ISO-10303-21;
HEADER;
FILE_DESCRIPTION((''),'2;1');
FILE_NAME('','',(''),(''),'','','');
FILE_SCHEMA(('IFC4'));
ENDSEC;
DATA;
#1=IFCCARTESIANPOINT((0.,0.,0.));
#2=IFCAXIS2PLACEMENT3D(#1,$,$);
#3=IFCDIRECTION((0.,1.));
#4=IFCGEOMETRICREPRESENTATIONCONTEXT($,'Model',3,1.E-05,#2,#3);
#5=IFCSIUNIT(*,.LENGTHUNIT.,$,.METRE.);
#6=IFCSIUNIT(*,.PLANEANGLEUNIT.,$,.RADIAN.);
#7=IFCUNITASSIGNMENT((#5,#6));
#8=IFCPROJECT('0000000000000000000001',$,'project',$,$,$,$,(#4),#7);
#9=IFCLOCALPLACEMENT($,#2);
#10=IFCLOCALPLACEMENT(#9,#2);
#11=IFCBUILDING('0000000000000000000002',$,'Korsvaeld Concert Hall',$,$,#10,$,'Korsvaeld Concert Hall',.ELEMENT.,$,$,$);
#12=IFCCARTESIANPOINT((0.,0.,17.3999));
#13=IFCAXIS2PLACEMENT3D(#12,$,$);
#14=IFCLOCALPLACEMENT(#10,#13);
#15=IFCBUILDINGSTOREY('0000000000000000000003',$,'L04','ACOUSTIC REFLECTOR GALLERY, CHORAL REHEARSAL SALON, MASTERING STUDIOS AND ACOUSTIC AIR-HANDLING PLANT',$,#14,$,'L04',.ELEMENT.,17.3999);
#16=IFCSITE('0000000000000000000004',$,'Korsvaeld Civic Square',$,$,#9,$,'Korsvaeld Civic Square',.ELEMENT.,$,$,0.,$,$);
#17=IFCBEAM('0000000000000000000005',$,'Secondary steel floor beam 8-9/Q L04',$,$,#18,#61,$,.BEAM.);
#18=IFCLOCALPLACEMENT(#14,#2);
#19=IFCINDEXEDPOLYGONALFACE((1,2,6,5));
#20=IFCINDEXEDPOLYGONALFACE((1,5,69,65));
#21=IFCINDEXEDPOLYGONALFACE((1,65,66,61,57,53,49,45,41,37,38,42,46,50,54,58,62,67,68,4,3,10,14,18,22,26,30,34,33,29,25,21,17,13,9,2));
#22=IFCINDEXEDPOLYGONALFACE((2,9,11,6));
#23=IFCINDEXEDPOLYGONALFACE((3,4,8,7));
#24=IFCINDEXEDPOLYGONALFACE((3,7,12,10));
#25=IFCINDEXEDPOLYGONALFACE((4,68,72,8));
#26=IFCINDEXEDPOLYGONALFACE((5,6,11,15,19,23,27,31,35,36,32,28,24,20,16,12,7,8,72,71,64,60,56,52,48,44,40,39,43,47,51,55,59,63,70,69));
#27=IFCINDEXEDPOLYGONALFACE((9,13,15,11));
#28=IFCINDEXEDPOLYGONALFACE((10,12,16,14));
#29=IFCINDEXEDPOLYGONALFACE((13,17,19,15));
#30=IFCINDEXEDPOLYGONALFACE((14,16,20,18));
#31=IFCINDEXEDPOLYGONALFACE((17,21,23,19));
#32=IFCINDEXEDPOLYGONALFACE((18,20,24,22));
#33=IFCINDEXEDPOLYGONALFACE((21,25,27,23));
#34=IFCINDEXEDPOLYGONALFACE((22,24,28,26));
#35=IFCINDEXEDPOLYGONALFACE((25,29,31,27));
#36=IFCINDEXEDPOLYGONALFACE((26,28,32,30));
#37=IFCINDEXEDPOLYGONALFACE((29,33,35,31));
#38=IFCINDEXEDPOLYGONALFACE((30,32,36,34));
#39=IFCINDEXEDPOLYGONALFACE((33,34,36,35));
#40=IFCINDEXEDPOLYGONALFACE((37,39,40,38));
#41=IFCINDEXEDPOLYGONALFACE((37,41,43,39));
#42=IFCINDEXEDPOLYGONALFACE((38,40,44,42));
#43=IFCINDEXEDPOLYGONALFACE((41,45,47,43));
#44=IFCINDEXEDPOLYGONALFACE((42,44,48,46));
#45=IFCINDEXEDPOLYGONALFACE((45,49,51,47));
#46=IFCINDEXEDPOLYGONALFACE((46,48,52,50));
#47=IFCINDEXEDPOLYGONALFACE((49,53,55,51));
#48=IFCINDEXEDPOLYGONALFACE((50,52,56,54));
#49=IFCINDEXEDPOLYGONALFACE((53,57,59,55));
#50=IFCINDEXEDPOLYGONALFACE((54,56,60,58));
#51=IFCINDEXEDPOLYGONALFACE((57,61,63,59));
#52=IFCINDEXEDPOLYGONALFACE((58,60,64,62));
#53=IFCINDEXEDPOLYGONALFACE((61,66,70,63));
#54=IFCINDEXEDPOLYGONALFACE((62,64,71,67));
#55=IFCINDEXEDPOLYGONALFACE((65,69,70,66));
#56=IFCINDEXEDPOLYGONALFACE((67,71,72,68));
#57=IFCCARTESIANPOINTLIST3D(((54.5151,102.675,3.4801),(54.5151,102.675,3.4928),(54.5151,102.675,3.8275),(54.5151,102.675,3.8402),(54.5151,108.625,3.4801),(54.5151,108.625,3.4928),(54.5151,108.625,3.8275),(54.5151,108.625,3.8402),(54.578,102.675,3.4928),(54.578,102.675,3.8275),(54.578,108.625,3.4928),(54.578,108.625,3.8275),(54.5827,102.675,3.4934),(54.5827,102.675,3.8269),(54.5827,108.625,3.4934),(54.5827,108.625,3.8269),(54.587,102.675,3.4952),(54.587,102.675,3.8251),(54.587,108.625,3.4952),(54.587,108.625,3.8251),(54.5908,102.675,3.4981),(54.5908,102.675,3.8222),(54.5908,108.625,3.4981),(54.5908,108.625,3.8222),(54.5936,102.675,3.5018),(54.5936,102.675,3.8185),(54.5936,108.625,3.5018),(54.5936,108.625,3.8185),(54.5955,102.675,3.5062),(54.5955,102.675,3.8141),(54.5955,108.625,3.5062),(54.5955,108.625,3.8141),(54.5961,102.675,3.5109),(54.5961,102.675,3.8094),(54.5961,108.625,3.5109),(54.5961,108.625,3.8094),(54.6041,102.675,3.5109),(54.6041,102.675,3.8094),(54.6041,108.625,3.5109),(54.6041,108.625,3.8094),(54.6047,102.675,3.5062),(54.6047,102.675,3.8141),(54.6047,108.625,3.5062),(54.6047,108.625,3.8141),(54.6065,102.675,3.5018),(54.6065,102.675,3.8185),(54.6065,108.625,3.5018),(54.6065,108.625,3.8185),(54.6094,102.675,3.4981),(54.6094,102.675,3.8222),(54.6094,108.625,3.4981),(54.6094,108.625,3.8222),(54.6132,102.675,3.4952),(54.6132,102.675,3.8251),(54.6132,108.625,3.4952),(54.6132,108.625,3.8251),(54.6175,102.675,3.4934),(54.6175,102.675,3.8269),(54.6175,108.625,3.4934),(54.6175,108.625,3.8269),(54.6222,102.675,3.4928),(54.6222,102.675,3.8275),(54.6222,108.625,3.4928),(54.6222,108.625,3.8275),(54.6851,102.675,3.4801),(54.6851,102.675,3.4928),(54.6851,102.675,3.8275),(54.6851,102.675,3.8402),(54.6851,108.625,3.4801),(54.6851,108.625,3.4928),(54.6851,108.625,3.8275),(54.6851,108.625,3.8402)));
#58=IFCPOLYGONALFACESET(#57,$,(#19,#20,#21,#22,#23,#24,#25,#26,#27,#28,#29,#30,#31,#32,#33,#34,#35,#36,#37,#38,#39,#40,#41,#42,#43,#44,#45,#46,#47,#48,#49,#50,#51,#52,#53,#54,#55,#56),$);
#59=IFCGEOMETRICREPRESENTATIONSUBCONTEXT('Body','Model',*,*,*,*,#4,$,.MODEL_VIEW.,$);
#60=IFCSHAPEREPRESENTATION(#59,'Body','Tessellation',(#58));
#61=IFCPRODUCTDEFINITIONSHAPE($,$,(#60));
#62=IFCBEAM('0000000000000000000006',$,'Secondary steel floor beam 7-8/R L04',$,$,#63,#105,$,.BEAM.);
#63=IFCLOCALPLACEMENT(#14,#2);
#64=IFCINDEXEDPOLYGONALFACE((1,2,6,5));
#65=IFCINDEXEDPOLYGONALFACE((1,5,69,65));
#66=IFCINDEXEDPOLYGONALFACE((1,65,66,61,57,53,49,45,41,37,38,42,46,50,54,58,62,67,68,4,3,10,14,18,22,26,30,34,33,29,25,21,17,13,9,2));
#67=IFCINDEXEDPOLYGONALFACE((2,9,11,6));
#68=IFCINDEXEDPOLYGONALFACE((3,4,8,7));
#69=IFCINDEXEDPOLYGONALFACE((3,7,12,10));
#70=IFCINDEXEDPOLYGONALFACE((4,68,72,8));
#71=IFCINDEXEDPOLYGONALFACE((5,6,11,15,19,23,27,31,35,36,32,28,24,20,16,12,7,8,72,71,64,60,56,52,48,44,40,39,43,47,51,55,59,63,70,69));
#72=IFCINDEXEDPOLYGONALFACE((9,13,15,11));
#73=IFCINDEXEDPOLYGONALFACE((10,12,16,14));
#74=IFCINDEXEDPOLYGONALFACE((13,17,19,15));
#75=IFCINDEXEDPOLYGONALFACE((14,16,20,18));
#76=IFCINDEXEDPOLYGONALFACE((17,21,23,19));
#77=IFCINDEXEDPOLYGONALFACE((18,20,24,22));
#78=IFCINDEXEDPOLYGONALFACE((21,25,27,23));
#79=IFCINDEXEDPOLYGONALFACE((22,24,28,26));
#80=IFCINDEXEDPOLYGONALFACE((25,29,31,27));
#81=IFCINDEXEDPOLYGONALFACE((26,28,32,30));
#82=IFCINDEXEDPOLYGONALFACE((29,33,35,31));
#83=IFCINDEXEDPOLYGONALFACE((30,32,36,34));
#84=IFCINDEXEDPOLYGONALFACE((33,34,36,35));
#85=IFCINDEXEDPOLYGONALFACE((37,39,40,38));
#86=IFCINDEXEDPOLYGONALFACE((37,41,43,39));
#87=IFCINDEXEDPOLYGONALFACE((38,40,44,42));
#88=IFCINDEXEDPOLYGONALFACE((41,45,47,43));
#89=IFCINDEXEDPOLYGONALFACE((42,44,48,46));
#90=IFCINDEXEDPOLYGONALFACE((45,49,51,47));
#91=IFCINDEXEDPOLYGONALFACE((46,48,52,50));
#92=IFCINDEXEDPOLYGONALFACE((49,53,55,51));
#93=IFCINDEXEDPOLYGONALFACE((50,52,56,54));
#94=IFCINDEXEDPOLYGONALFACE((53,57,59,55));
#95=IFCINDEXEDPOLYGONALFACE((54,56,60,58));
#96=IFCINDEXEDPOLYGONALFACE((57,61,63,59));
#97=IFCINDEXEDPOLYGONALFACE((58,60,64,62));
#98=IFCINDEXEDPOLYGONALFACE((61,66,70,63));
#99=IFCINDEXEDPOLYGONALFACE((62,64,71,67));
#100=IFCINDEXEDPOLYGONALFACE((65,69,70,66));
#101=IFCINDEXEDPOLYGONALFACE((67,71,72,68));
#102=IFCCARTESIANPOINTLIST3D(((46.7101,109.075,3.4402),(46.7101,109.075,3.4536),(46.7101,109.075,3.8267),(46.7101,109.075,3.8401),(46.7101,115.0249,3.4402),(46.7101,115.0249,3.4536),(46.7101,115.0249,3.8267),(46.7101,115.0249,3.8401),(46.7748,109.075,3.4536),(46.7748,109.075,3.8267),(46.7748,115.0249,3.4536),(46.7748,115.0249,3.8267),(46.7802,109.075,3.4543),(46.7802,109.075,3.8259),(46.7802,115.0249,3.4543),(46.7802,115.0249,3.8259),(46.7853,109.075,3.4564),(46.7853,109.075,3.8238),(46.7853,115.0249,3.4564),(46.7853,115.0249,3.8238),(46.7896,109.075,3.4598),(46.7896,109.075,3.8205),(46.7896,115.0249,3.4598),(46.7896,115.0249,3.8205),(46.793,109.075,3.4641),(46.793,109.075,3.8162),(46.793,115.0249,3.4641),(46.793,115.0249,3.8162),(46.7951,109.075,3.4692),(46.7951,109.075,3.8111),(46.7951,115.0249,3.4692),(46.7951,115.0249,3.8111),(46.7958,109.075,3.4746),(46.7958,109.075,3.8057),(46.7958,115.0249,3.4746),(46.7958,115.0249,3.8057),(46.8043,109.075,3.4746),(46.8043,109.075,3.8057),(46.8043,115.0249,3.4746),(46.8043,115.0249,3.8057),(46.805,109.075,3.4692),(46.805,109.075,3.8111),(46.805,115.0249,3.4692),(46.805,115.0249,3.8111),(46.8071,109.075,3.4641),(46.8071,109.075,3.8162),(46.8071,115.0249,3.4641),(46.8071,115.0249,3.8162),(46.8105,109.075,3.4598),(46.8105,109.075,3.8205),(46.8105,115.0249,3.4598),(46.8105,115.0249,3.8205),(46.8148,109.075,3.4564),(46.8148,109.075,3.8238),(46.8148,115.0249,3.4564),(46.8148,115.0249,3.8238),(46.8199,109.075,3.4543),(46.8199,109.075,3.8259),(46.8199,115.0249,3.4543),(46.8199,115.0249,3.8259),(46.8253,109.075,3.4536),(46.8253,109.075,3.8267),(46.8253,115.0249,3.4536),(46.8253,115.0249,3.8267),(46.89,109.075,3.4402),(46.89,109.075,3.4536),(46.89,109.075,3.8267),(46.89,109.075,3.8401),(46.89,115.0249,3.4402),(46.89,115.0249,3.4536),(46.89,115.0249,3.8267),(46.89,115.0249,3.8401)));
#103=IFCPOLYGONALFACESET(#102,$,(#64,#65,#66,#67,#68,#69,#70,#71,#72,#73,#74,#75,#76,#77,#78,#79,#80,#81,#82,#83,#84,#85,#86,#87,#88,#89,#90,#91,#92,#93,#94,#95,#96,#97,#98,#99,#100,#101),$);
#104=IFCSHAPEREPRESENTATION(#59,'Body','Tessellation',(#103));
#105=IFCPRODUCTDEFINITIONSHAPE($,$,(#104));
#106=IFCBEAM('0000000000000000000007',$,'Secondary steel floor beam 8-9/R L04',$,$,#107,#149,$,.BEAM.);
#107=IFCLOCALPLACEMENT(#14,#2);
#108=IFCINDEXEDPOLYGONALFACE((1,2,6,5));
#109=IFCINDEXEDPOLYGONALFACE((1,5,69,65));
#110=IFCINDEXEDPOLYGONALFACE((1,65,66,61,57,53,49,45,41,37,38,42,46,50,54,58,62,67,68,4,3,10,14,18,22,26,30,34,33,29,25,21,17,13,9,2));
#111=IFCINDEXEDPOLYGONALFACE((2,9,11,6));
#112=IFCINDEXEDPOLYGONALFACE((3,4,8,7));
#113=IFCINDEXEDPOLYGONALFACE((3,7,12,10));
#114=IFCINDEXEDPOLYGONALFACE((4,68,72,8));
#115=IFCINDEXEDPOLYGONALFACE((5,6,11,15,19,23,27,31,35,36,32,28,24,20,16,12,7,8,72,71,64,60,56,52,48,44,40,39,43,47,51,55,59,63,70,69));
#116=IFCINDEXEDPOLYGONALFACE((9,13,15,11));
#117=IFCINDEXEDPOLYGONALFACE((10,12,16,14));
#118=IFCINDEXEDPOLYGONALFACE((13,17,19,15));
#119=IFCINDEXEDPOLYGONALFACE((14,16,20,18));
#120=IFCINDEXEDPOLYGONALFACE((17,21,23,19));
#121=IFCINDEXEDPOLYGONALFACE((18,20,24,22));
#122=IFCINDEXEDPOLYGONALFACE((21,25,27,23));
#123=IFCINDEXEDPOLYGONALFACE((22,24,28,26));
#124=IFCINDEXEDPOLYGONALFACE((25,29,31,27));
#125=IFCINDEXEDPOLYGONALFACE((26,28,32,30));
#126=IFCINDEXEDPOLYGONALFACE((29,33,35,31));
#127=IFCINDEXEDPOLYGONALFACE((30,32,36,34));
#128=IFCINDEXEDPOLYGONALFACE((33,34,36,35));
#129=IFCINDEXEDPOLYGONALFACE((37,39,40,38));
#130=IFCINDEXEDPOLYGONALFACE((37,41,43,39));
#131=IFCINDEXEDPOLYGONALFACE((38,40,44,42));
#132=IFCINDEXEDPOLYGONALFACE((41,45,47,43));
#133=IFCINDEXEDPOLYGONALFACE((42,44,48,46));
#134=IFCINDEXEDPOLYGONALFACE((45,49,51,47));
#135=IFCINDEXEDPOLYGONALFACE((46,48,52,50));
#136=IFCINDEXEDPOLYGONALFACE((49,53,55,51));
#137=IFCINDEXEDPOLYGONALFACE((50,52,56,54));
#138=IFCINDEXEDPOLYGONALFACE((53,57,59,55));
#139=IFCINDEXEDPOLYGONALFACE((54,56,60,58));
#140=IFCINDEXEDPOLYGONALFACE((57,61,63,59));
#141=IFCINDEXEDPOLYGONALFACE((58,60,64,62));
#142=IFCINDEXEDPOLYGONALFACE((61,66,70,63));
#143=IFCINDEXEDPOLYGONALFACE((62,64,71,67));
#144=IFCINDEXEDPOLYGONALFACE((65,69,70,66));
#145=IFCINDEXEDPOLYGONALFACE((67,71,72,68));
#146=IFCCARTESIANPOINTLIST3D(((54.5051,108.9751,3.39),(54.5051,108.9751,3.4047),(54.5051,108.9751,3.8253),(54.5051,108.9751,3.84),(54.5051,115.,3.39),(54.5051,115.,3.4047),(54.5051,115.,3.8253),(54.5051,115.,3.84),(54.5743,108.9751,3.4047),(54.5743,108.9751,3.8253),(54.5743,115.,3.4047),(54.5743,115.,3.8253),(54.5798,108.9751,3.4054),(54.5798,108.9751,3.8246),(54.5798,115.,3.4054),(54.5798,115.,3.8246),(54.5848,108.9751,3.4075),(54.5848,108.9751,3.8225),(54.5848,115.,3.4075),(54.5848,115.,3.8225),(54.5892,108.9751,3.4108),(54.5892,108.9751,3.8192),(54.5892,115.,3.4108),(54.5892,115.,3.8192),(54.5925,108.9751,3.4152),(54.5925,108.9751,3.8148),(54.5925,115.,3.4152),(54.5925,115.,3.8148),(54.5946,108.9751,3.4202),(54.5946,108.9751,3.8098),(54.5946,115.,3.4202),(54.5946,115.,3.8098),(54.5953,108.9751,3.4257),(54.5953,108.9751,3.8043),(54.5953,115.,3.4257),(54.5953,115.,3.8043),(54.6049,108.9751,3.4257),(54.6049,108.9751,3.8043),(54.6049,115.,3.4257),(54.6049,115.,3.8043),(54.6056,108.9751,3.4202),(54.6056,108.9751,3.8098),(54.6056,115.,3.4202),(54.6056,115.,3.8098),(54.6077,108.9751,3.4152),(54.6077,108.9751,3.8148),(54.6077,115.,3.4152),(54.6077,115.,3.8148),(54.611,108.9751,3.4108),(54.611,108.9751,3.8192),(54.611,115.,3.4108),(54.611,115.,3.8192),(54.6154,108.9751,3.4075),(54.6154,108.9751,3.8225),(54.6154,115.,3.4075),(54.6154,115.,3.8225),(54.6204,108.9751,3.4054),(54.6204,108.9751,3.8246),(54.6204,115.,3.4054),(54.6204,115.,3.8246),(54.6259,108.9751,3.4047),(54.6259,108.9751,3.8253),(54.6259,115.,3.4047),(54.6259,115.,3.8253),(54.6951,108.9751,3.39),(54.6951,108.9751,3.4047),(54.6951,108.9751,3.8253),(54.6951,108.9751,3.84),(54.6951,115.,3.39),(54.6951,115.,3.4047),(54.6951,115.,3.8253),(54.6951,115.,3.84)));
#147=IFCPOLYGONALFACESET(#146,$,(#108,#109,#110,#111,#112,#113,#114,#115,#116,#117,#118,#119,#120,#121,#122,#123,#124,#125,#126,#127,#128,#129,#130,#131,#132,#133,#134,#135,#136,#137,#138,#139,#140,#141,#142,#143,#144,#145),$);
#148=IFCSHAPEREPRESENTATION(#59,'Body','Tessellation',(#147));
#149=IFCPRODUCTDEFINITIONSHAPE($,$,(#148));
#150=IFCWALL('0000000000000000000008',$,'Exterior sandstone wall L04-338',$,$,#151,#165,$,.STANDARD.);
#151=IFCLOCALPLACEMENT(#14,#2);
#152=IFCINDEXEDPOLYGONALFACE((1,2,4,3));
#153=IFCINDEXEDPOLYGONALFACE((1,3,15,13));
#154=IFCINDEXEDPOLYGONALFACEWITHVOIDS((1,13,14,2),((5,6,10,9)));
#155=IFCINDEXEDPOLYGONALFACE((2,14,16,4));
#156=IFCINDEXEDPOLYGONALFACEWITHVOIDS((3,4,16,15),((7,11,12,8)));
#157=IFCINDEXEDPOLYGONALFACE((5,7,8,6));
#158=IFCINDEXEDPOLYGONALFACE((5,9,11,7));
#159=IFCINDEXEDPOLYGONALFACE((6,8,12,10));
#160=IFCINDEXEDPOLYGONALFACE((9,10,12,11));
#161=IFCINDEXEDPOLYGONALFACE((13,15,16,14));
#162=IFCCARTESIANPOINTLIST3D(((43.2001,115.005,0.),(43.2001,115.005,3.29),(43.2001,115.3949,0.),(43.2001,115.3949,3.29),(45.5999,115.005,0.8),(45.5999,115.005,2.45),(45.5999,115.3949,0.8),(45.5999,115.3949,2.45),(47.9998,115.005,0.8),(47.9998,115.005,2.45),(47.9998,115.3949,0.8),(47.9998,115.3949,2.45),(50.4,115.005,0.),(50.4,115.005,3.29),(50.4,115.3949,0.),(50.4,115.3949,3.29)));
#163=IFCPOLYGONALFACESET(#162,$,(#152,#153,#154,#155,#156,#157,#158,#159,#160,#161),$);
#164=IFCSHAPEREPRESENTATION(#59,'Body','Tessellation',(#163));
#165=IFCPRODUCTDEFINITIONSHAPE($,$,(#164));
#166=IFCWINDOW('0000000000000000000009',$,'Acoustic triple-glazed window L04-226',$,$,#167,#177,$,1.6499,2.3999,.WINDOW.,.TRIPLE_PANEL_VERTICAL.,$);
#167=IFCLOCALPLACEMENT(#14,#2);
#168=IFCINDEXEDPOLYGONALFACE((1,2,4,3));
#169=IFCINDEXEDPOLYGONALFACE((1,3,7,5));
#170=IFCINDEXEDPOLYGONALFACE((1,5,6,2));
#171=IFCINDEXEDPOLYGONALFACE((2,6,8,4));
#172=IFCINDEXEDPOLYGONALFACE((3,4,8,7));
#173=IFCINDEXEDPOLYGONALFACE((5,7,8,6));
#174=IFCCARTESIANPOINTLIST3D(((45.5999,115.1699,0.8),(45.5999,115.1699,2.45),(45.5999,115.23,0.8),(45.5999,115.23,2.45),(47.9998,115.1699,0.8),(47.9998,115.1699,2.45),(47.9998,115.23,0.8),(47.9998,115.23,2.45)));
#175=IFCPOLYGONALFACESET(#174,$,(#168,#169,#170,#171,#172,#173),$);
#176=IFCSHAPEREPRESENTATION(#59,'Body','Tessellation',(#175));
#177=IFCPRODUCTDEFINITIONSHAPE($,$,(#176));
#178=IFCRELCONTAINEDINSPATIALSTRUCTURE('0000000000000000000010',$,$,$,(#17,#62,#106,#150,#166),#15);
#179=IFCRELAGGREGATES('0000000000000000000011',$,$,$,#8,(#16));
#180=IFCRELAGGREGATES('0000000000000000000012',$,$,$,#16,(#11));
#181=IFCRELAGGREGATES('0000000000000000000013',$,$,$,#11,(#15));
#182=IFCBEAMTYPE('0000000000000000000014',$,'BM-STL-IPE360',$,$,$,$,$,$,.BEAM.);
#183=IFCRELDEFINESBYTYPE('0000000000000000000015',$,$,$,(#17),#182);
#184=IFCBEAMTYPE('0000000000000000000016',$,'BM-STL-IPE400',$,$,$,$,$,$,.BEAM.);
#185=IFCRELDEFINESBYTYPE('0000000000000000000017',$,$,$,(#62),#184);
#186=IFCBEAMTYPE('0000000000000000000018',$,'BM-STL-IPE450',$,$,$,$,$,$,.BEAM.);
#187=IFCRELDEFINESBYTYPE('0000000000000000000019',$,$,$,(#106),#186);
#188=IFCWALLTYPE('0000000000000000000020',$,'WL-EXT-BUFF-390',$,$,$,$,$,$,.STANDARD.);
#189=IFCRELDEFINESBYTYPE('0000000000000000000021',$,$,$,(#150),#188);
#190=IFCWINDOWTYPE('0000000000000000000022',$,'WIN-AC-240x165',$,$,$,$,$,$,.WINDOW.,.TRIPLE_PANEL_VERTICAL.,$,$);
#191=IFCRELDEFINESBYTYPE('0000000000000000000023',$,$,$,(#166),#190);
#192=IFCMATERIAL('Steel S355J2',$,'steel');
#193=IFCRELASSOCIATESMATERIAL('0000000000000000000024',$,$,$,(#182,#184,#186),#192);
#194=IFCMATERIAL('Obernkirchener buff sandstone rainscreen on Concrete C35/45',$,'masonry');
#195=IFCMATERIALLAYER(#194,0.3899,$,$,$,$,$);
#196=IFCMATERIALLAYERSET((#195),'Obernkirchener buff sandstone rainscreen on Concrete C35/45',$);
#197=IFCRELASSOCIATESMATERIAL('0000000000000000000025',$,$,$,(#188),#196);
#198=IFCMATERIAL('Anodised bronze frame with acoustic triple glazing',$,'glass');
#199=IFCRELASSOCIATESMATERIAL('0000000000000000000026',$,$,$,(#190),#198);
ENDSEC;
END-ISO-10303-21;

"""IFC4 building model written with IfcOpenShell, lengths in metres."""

from ifc_helpers import new_model, si_unit, direction, frame, frame_2d, origin, origin_2d, place, context, subcontext, project, spatial, rectangle, i_section, extrude, material, layer, layer_set, material_profile, profile_set, type_object, element, fill, save


model = new_model("IFC4")

# Units and contexts
model_context = context("Model", 3, precision=1e-05, world=origin(), true_north=direction((0.0, 1.0)))
body_context = subcontext(model_context, "Body", "Model", "MODEL_VIEW")
ifc_project = project(units=[si_unit("LENGTHUNIT", "METRE"), si_unit("PLANEANGLEUNIT", "RADIAN")], contexts=[model_context])

# Site, building, storey
site_placement = place(None, origin())
site = spatial("IfcSite", under=ifc_project, at=site_placement, Name="Korsvaeld Civic Square", LongName="Korsvaeld Civic Square", CompositionType="ELEMENT", RefElevation=0.0)
building_placement = place(site_placement, origin())
building = spatial("IfcBuilding", under=site, at=building_placement, Name="Korsvaeld Concert Hall", LongName="Korsvaeld Concert Hall", CompositionType="ELEMENT")
storey_placement = place(building_placement, frame((0.0, 0.0, 17.3999)))
storey = spatial("IfcBuildingStorey", under=building, at=storey_placement, Name="L04", Description="ACOUSTIC REFLECTOR GALLERY, CHORAL REHEARSAL SALON, MASTERING STUDIOS AND ACOUSTIC AIR-HANDLING PLANT", LongName="L04", CompositionType="ELEMENT", Elevation=17.3999)

# Beams
ifc_material_1 = material(Name="Steel S355J2", Category="steel")
ifc_material_profile_1 = material_profile(ifc_material_1, i_section(OverallWidth=0.1699, OverallDepth=0.3601, WebThickness=0.0081, FlangeThickness=0.0127, FilletRadius=0.0181, at=origin_2d()), Name="IPE 360")
ifc_profile_set_1 = profile_set([ifc_material_profile_1], Name="Steel S355J2")
beam_type_1 = type_object("IfcBeamType", Name="BM-STL-IPE360", PredefinedType="BEAM", material=ifc_profile_set_1)
beam_1_placement = place(storey_placement, frame((54.6001, 102.675, 3.6602), z_axis=(0.0, 1.0, 0.0), x_axis=(-1.0, 0.0, 0.0)))
element("IfcBeam", 1, at=beam_1_placement, inside=storey, type_object=beam_type_1, Name="Secondary steel floor beam 8-9/Q L04", PredefinedType="BEAM", context=body_context, shape_type="SweptSolid", body=[
    extrude(i_section(OverallWidth=0.1699, OverallDepth=0.3601, WebThickness=0.0081, FlangeThickness=0.0127, FilletRadius=0.0181, at=origin_2d()), origin(), (0.0, 0.0, 1.0), 5.95),
])
ifc_material_profile_2 = material_profile(ifc_material_1, i_section(OverallWidth=0.1799, OverallDepth=0.3999, WebThickness=0.0085, FlangeThickness=0.0134, FilletRadius=0.021, at=origin_2d()), Name="IPE 400")
ifc_profile_set_2 = profile_set([ifc_material_profile_2], Name="Steel S355J2")
beam_type_2 = type_object("IfcBeamType", Name="BM-STL-IPE400", PredefinedType="BEAM", material=ifc_profile_set_2)
beam_2_placement = place(storey_placement, frame((46.8, 109.075, 3.6401), z_axis=(0.0, 1.0, 0.0), x_axis=(-1.0, 0.0, 0.0)))
element("IfcBeam", 2, at=beam_2_placement, inside=storey, type_object=beam_type_2, Name="Secondary steel floor beam 7-8/R L04", PredefinedType="BEAM", context=body_context, shape_type="SweptSolid", body=[
    extrude(i_section(OverallWidth=0.1799, OverallDepth=0.3999, WebThickness=0.0085, FlangeThickness=0.0134, FilletRadius=0.021, at=origin_2d()), origin(), (0.0, 0.0, 1.0), 5.95),
])
ifc_material_profile_3 = material_profile(ifc_material_1, i_section(OverallWidth=0.1899, OverallDepth=0.45, WebThickness=0.0095, FlangeThickness=0.0146, FilletRadius=0.021, at=origin_2d()), Name="IPE 450")
ifc_profile_set_3 = profile_set([ifc_material_profile_3], Name="Steel S355J2")
beam_type_3 = type_object("IfcBeamType", Name="BM-STL-IPE450", PredefinedType="BEAM", material=ifc_profile_set_3)
beam_3_placement = place(storey_placement, frame((54.6001, 108.9751, 3.615), z_axis=(0.0, 1.0, 0.0), x_axis=(-1.0, 0.0, 0.0)))
element("IfcBeam", 3, at=beam_3_placement, inside=storey, type_object=beam_type_3, Name="Secondary steel floor beam 8-9/R L04", PredefinedType="BEAM", context=body_context, shape_type="SweptSolid", body=[
    extrude(i_section(OverallWidth=0.1899, OverallDepth=0.45, WebThickness=0.0095, FlangeThickness=0.0146, FilletRadius=0.021, at=origin_2d()), origin(), (0.0, 0.0, 1.0), 6.0249),
])

# Wall, opening, window
ifc_material_2 = material(Name="Obernkirchener buff sandstone rainscreen on Concrete C35/45", Category="masonry")
ifc_layer_1 = layer(ifc_material_2, 0.3899)
ifc_layer_set_1 = layer_set([ifc_layer_1], Name="Obernkirchener buff sandstone rainscreen on Concrete C35/45")
wall_type_1 = type_object("IfcWallType", Name="WL-EXT-BUFF-390", PredefinedType="STANDARD", material=ifc_layer_set_1)
wall_1_placement = place(storey_placement, frame((43.2, 115.2, 0.0), z_axis=(0.0, 0.0, 1.0), x_axis=(1.0, 0.0, 0.0)))
wall_1 = element("IfcWall", 4, at=wall_1_placement, inside=storey, type_object=wall_type_1, Name="Exterior sandstone wall L04-338", PredefinedType="STANDARD", context=body_context, shape_type="SweptSolid", body=[
    extrude(rectangle(XDim=7.2, YDim=0.3899, at=frame_2d((3.6001, 0.0))), origin(), (0.0, 0.0, 1.0), 3.29),
])
opening_1_placement = place(wall_1_placement, frame((2.3999, 0.0, 0.8)))
opening_1 = element("IfcOpeningElement", 5, at=opening_1_placement, cuts=wall_1, PredefinedType="OPENING", context=body_context, shape_type="SweptSolid", body=[
    extrude(rectangle(XDim=2.3999, YDim=1.6499, at=frame_2d((1.2, 0.825))), frame((0.0, 0.2051, 0.0), z_axis=(0.0, -1.0, 0.0), x_axis=(1.0, 0.0, 0.0)), (0.0, 0.0, 1.0), 0.4099),
])
ifc_material_3 = material(Name="Anodised bronze frame with acoustic triple glazing", Category="glass")
window_type_1 = type_object("IfcWindowType", Name="WIN-AC-240x165", PartitioningType="TRIPLE_PANEL_VERTICAL", PredefinedType="WINDOW", material=ifc_material_3)
window_1_placement = place(opening_1_placement, origin())
window_1 = element("IfcWindow", 6, at=window_1_placement, inside=storey, type_object=window_type_1, Name="Acoustic triple-glazed window L04-226", OverallHeight=1.6499, OverallWidth=2.3999, PartitioningType="TRIPLE_PANEL_VERTICAL", PredefinedType="WINDOW", context=body_context, shape_type="SweptSolid", body=[
    extrude(rectangle(XDim=2.3999, YDim=1.6499, at=frame_2d((1.2, 0.825))), frame((0.0, 0.03, 0.0), z_axis=(0.0, -1.0, 0.0), x_axis=(1.0, 0.0, 0.0)), (0.0, 0.0, 1.0), 0.0601),
])
fill(opening_1, window_1)

save(model, "model.ifc")
